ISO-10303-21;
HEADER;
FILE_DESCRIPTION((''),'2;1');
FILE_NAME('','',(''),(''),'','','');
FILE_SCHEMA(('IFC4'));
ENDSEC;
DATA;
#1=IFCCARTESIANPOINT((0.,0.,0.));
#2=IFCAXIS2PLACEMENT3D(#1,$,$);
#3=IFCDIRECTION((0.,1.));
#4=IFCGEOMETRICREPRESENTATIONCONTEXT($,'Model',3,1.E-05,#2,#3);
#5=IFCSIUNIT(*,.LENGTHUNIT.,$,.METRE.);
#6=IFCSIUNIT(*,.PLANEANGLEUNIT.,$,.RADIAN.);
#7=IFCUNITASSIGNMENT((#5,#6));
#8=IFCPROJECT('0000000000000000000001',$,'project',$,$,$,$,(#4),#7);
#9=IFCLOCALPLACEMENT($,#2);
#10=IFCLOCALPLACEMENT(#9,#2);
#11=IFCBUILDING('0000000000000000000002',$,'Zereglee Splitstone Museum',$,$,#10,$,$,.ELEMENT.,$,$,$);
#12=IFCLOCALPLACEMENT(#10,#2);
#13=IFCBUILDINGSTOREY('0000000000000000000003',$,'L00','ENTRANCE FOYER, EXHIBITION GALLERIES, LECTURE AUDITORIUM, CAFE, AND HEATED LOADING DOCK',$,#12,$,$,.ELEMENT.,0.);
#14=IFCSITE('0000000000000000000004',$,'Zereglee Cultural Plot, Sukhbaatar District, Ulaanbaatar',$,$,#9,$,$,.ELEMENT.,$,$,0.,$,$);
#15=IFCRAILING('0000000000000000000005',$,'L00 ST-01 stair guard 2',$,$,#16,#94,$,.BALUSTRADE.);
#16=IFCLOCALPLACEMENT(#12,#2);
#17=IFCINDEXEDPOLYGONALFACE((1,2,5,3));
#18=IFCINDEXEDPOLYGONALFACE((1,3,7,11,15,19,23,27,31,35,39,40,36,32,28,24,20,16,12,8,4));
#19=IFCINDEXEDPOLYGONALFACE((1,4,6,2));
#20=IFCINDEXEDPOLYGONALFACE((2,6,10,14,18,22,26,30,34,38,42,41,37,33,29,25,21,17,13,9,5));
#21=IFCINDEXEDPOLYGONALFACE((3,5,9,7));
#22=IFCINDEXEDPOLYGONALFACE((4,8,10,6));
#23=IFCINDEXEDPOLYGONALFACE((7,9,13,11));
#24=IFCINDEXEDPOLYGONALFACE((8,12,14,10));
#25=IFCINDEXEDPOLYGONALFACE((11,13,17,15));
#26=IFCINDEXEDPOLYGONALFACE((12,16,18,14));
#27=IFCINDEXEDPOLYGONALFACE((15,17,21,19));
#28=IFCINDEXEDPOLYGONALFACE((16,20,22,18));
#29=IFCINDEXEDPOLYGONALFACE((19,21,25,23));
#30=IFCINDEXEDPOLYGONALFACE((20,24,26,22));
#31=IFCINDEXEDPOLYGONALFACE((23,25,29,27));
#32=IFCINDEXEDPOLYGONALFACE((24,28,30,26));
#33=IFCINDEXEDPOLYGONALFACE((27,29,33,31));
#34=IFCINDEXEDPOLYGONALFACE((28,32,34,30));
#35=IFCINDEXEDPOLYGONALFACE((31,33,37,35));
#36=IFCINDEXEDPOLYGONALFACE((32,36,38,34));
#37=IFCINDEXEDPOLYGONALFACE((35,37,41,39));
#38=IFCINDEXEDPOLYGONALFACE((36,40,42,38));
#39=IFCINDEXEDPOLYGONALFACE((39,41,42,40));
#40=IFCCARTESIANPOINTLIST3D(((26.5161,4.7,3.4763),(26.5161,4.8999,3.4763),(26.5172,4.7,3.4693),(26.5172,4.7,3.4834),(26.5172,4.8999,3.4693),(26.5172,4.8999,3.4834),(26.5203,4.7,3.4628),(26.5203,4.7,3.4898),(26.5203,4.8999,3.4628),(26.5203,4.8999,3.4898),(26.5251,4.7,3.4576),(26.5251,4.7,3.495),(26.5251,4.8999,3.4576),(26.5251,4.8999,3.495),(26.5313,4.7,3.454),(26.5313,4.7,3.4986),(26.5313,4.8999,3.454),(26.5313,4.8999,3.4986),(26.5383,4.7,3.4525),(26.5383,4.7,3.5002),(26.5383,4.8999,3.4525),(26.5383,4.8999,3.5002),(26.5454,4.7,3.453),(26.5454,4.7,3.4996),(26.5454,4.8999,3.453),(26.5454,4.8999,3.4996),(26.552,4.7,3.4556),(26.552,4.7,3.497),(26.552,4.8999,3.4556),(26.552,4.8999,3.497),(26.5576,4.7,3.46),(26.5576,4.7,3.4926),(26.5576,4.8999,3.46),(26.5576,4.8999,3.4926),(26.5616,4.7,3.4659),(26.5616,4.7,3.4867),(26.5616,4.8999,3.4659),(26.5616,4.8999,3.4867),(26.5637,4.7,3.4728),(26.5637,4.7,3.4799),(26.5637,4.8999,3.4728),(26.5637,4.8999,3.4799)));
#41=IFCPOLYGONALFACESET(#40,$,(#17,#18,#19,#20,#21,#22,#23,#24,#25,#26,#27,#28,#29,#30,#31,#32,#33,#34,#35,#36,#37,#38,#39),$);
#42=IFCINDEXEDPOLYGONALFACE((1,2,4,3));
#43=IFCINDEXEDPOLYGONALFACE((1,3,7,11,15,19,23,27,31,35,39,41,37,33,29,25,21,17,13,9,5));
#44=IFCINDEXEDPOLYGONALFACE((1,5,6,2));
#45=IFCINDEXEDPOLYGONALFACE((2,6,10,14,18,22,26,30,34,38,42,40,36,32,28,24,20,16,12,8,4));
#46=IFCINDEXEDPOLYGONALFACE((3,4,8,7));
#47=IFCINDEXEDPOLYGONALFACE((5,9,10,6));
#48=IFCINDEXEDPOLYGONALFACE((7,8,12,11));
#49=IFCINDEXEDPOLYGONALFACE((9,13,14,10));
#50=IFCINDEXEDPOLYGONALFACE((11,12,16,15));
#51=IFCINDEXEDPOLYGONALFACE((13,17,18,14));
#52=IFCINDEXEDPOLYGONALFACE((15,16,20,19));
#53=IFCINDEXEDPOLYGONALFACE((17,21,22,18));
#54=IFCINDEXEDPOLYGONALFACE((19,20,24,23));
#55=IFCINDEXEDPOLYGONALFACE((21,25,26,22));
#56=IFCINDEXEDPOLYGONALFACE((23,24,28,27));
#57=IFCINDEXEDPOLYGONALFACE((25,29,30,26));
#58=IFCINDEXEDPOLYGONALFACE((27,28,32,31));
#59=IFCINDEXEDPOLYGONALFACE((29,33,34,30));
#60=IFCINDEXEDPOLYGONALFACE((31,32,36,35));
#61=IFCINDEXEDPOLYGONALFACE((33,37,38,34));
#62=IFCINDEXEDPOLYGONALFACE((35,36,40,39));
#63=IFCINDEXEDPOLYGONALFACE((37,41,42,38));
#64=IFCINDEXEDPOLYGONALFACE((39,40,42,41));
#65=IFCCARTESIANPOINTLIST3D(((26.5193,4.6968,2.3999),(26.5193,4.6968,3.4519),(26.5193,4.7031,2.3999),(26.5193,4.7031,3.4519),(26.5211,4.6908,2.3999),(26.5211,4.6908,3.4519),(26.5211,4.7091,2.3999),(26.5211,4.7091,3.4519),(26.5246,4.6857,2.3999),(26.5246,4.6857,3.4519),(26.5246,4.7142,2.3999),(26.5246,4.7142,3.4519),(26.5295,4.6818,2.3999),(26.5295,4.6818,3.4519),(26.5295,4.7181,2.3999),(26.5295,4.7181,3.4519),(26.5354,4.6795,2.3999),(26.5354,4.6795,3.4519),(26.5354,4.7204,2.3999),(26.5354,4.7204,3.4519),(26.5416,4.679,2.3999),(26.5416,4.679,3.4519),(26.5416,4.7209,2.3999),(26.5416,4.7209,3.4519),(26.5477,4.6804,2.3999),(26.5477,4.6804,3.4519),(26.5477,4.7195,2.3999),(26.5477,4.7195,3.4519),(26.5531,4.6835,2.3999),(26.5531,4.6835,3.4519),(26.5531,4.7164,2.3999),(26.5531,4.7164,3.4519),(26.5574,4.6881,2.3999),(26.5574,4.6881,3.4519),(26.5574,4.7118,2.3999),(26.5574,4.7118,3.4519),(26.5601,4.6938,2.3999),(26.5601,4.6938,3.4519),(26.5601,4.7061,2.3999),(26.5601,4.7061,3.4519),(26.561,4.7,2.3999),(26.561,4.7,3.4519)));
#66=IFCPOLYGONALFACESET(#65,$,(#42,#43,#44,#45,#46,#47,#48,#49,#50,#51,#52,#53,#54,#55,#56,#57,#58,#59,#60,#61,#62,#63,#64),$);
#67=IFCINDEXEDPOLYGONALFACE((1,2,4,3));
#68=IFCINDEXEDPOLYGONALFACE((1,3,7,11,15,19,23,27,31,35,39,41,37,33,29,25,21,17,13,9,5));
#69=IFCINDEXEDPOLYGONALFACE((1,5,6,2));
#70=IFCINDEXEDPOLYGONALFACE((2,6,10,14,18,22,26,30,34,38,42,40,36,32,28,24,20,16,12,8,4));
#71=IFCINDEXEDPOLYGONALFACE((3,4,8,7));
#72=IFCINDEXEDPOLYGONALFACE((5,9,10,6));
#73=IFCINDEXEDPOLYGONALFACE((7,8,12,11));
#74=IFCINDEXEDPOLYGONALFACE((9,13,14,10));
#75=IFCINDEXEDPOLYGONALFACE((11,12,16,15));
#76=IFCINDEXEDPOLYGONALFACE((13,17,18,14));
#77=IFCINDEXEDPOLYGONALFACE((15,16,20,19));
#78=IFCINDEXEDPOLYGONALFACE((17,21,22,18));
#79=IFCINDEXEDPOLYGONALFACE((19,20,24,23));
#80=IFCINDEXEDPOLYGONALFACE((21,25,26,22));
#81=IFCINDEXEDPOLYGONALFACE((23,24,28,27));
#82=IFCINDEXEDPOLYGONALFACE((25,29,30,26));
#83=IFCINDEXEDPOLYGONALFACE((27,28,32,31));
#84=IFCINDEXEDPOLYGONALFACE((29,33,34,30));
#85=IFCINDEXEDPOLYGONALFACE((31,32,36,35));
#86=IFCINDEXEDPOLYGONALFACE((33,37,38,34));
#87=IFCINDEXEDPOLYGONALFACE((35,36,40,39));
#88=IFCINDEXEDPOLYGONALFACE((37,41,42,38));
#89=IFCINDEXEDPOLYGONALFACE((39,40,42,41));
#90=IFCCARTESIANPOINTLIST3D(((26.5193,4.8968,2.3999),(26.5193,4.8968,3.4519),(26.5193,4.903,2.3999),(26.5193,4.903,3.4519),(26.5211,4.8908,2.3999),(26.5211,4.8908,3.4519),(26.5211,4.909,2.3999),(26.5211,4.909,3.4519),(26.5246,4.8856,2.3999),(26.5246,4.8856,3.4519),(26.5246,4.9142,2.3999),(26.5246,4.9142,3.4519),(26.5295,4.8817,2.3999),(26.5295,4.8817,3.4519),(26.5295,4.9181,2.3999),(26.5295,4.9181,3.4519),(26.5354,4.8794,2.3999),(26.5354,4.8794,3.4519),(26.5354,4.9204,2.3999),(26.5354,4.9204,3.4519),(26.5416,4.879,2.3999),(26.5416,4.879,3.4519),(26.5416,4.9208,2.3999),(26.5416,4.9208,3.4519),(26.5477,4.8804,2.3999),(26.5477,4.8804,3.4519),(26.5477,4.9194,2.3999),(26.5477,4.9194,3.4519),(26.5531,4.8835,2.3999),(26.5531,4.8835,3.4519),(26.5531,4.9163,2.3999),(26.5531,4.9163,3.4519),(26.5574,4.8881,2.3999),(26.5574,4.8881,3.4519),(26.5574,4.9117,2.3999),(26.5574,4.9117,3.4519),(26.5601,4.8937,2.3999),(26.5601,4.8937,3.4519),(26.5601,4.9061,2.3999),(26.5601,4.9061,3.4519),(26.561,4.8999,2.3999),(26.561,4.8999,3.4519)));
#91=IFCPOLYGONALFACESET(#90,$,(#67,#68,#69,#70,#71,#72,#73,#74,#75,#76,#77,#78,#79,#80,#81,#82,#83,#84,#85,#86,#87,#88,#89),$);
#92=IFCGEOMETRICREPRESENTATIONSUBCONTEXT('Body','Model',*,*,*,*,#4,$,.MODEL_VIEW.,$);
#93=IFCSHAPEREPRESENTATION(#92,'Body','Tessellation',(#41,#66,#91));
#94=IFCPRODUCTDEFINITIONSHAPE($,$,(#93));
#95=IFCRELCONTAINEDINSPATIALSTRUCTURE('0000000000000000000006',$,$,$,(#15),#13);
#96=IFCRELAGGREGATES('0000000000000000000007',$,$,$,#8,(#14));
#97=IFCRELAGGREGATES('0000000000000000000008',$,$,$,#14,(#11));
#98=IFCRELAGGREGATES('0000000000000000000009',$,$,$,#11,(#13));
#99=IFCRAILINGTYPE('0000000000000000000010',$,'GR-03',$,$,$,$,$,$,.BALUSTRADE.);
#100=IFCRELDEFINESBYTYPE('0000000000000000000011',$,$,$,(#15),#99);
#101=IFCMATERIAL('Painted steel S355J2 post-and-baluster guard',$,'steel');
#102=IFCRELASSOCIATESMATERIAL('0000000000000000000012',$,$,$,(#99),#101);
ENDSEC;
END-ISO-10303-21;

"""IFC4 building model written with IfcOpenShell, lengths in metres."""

from ifc_helpers import new_model, si_unit, direction, frame, origin, origin_2d, place, context, subcontext, project, spatial, circle, extrude, material, type_object, element, save


model = new_model("IFC4")

# Units and contexts
model_context = context("Model", 3, precision=1e-05, world=origin(), true_north=direction((0.0, 1.0)))
body_context = subcontext(model_context, "Body", "Model", "MODEL_VIEW")
ifc_project = project(units=[si_unit("LENGTHUNIT", "METRE"), si_unit("PLANEANGLEUNIT", "RADIAN")], contexts=[model_context])

# Site, building, storey
site_placement = place(None, origin())
site = spatial("IfcSite", under=ifc_project, at=site_placement, Name="Zereglee Cultural Plot, Sukhbaatar District, Ulaanbaatar", CompositionType="ELEMENT", RefElevation=0.0)
building_placement = place(site_placement, origin())
building = spatial("IfcBuilding", under=site, at=building_placement, Name="Zereglee Splitstone Museum", CompositionType="ELEMENT")
storey_placement = place(building_placement, origin())
storey = spatial("IfcBuildingStorey", under=building, at=storey_placement, Name="L00", Description="ENTRANCE FOYER, EXHIBITION GALLERIES, LECTURE AUDITORIUM, CAFE, AND HEATED LOADING DOCK", CompositionType="ELEMENT", Elevation=0.0)

# Railing
ifc_material_1 = material(Name="Painted steel S355J2 post-and-baluster guard", Category="steel")
railing_type_1 = type_object("IfcRailingType", Name="GR-03", PredefinedType="BALUSTRADE", material=ifc_material_1)
railing_1_placement = place(storey_placement, frame((26.54, 4.7, 2.3999)))
element("IfcRailing", 1, at=railing_1_placement, inside=storey, type_object=railing_type_1, Name="L00 ST-01 stair guard 2", PredefinedType="BALUSTRADE", context=body_context, shape_type="SweptSolid", body=[
    extrude(circle(Radius=0.0239, at=origin_2d()), frame((0.0, 0.0, 1.0764), z_axis=(0.0, 1.0, 0.0), x_axis=(-1.0, 0.0, 0.0)), (0.0, 0.0, 1.0), 0.2),
    extrude(circle(Radius=0.021, at=origin_2d()), origin(), (0.0, 0.0, 1.0), 1.052),
    extrude(circle(Radius=0.021, at=origin_2d()), frame((0.0, 0.2, 0.0)), (0.0, 0.0, 1.0), 1.052),
])

save(model, "model.ifc")
